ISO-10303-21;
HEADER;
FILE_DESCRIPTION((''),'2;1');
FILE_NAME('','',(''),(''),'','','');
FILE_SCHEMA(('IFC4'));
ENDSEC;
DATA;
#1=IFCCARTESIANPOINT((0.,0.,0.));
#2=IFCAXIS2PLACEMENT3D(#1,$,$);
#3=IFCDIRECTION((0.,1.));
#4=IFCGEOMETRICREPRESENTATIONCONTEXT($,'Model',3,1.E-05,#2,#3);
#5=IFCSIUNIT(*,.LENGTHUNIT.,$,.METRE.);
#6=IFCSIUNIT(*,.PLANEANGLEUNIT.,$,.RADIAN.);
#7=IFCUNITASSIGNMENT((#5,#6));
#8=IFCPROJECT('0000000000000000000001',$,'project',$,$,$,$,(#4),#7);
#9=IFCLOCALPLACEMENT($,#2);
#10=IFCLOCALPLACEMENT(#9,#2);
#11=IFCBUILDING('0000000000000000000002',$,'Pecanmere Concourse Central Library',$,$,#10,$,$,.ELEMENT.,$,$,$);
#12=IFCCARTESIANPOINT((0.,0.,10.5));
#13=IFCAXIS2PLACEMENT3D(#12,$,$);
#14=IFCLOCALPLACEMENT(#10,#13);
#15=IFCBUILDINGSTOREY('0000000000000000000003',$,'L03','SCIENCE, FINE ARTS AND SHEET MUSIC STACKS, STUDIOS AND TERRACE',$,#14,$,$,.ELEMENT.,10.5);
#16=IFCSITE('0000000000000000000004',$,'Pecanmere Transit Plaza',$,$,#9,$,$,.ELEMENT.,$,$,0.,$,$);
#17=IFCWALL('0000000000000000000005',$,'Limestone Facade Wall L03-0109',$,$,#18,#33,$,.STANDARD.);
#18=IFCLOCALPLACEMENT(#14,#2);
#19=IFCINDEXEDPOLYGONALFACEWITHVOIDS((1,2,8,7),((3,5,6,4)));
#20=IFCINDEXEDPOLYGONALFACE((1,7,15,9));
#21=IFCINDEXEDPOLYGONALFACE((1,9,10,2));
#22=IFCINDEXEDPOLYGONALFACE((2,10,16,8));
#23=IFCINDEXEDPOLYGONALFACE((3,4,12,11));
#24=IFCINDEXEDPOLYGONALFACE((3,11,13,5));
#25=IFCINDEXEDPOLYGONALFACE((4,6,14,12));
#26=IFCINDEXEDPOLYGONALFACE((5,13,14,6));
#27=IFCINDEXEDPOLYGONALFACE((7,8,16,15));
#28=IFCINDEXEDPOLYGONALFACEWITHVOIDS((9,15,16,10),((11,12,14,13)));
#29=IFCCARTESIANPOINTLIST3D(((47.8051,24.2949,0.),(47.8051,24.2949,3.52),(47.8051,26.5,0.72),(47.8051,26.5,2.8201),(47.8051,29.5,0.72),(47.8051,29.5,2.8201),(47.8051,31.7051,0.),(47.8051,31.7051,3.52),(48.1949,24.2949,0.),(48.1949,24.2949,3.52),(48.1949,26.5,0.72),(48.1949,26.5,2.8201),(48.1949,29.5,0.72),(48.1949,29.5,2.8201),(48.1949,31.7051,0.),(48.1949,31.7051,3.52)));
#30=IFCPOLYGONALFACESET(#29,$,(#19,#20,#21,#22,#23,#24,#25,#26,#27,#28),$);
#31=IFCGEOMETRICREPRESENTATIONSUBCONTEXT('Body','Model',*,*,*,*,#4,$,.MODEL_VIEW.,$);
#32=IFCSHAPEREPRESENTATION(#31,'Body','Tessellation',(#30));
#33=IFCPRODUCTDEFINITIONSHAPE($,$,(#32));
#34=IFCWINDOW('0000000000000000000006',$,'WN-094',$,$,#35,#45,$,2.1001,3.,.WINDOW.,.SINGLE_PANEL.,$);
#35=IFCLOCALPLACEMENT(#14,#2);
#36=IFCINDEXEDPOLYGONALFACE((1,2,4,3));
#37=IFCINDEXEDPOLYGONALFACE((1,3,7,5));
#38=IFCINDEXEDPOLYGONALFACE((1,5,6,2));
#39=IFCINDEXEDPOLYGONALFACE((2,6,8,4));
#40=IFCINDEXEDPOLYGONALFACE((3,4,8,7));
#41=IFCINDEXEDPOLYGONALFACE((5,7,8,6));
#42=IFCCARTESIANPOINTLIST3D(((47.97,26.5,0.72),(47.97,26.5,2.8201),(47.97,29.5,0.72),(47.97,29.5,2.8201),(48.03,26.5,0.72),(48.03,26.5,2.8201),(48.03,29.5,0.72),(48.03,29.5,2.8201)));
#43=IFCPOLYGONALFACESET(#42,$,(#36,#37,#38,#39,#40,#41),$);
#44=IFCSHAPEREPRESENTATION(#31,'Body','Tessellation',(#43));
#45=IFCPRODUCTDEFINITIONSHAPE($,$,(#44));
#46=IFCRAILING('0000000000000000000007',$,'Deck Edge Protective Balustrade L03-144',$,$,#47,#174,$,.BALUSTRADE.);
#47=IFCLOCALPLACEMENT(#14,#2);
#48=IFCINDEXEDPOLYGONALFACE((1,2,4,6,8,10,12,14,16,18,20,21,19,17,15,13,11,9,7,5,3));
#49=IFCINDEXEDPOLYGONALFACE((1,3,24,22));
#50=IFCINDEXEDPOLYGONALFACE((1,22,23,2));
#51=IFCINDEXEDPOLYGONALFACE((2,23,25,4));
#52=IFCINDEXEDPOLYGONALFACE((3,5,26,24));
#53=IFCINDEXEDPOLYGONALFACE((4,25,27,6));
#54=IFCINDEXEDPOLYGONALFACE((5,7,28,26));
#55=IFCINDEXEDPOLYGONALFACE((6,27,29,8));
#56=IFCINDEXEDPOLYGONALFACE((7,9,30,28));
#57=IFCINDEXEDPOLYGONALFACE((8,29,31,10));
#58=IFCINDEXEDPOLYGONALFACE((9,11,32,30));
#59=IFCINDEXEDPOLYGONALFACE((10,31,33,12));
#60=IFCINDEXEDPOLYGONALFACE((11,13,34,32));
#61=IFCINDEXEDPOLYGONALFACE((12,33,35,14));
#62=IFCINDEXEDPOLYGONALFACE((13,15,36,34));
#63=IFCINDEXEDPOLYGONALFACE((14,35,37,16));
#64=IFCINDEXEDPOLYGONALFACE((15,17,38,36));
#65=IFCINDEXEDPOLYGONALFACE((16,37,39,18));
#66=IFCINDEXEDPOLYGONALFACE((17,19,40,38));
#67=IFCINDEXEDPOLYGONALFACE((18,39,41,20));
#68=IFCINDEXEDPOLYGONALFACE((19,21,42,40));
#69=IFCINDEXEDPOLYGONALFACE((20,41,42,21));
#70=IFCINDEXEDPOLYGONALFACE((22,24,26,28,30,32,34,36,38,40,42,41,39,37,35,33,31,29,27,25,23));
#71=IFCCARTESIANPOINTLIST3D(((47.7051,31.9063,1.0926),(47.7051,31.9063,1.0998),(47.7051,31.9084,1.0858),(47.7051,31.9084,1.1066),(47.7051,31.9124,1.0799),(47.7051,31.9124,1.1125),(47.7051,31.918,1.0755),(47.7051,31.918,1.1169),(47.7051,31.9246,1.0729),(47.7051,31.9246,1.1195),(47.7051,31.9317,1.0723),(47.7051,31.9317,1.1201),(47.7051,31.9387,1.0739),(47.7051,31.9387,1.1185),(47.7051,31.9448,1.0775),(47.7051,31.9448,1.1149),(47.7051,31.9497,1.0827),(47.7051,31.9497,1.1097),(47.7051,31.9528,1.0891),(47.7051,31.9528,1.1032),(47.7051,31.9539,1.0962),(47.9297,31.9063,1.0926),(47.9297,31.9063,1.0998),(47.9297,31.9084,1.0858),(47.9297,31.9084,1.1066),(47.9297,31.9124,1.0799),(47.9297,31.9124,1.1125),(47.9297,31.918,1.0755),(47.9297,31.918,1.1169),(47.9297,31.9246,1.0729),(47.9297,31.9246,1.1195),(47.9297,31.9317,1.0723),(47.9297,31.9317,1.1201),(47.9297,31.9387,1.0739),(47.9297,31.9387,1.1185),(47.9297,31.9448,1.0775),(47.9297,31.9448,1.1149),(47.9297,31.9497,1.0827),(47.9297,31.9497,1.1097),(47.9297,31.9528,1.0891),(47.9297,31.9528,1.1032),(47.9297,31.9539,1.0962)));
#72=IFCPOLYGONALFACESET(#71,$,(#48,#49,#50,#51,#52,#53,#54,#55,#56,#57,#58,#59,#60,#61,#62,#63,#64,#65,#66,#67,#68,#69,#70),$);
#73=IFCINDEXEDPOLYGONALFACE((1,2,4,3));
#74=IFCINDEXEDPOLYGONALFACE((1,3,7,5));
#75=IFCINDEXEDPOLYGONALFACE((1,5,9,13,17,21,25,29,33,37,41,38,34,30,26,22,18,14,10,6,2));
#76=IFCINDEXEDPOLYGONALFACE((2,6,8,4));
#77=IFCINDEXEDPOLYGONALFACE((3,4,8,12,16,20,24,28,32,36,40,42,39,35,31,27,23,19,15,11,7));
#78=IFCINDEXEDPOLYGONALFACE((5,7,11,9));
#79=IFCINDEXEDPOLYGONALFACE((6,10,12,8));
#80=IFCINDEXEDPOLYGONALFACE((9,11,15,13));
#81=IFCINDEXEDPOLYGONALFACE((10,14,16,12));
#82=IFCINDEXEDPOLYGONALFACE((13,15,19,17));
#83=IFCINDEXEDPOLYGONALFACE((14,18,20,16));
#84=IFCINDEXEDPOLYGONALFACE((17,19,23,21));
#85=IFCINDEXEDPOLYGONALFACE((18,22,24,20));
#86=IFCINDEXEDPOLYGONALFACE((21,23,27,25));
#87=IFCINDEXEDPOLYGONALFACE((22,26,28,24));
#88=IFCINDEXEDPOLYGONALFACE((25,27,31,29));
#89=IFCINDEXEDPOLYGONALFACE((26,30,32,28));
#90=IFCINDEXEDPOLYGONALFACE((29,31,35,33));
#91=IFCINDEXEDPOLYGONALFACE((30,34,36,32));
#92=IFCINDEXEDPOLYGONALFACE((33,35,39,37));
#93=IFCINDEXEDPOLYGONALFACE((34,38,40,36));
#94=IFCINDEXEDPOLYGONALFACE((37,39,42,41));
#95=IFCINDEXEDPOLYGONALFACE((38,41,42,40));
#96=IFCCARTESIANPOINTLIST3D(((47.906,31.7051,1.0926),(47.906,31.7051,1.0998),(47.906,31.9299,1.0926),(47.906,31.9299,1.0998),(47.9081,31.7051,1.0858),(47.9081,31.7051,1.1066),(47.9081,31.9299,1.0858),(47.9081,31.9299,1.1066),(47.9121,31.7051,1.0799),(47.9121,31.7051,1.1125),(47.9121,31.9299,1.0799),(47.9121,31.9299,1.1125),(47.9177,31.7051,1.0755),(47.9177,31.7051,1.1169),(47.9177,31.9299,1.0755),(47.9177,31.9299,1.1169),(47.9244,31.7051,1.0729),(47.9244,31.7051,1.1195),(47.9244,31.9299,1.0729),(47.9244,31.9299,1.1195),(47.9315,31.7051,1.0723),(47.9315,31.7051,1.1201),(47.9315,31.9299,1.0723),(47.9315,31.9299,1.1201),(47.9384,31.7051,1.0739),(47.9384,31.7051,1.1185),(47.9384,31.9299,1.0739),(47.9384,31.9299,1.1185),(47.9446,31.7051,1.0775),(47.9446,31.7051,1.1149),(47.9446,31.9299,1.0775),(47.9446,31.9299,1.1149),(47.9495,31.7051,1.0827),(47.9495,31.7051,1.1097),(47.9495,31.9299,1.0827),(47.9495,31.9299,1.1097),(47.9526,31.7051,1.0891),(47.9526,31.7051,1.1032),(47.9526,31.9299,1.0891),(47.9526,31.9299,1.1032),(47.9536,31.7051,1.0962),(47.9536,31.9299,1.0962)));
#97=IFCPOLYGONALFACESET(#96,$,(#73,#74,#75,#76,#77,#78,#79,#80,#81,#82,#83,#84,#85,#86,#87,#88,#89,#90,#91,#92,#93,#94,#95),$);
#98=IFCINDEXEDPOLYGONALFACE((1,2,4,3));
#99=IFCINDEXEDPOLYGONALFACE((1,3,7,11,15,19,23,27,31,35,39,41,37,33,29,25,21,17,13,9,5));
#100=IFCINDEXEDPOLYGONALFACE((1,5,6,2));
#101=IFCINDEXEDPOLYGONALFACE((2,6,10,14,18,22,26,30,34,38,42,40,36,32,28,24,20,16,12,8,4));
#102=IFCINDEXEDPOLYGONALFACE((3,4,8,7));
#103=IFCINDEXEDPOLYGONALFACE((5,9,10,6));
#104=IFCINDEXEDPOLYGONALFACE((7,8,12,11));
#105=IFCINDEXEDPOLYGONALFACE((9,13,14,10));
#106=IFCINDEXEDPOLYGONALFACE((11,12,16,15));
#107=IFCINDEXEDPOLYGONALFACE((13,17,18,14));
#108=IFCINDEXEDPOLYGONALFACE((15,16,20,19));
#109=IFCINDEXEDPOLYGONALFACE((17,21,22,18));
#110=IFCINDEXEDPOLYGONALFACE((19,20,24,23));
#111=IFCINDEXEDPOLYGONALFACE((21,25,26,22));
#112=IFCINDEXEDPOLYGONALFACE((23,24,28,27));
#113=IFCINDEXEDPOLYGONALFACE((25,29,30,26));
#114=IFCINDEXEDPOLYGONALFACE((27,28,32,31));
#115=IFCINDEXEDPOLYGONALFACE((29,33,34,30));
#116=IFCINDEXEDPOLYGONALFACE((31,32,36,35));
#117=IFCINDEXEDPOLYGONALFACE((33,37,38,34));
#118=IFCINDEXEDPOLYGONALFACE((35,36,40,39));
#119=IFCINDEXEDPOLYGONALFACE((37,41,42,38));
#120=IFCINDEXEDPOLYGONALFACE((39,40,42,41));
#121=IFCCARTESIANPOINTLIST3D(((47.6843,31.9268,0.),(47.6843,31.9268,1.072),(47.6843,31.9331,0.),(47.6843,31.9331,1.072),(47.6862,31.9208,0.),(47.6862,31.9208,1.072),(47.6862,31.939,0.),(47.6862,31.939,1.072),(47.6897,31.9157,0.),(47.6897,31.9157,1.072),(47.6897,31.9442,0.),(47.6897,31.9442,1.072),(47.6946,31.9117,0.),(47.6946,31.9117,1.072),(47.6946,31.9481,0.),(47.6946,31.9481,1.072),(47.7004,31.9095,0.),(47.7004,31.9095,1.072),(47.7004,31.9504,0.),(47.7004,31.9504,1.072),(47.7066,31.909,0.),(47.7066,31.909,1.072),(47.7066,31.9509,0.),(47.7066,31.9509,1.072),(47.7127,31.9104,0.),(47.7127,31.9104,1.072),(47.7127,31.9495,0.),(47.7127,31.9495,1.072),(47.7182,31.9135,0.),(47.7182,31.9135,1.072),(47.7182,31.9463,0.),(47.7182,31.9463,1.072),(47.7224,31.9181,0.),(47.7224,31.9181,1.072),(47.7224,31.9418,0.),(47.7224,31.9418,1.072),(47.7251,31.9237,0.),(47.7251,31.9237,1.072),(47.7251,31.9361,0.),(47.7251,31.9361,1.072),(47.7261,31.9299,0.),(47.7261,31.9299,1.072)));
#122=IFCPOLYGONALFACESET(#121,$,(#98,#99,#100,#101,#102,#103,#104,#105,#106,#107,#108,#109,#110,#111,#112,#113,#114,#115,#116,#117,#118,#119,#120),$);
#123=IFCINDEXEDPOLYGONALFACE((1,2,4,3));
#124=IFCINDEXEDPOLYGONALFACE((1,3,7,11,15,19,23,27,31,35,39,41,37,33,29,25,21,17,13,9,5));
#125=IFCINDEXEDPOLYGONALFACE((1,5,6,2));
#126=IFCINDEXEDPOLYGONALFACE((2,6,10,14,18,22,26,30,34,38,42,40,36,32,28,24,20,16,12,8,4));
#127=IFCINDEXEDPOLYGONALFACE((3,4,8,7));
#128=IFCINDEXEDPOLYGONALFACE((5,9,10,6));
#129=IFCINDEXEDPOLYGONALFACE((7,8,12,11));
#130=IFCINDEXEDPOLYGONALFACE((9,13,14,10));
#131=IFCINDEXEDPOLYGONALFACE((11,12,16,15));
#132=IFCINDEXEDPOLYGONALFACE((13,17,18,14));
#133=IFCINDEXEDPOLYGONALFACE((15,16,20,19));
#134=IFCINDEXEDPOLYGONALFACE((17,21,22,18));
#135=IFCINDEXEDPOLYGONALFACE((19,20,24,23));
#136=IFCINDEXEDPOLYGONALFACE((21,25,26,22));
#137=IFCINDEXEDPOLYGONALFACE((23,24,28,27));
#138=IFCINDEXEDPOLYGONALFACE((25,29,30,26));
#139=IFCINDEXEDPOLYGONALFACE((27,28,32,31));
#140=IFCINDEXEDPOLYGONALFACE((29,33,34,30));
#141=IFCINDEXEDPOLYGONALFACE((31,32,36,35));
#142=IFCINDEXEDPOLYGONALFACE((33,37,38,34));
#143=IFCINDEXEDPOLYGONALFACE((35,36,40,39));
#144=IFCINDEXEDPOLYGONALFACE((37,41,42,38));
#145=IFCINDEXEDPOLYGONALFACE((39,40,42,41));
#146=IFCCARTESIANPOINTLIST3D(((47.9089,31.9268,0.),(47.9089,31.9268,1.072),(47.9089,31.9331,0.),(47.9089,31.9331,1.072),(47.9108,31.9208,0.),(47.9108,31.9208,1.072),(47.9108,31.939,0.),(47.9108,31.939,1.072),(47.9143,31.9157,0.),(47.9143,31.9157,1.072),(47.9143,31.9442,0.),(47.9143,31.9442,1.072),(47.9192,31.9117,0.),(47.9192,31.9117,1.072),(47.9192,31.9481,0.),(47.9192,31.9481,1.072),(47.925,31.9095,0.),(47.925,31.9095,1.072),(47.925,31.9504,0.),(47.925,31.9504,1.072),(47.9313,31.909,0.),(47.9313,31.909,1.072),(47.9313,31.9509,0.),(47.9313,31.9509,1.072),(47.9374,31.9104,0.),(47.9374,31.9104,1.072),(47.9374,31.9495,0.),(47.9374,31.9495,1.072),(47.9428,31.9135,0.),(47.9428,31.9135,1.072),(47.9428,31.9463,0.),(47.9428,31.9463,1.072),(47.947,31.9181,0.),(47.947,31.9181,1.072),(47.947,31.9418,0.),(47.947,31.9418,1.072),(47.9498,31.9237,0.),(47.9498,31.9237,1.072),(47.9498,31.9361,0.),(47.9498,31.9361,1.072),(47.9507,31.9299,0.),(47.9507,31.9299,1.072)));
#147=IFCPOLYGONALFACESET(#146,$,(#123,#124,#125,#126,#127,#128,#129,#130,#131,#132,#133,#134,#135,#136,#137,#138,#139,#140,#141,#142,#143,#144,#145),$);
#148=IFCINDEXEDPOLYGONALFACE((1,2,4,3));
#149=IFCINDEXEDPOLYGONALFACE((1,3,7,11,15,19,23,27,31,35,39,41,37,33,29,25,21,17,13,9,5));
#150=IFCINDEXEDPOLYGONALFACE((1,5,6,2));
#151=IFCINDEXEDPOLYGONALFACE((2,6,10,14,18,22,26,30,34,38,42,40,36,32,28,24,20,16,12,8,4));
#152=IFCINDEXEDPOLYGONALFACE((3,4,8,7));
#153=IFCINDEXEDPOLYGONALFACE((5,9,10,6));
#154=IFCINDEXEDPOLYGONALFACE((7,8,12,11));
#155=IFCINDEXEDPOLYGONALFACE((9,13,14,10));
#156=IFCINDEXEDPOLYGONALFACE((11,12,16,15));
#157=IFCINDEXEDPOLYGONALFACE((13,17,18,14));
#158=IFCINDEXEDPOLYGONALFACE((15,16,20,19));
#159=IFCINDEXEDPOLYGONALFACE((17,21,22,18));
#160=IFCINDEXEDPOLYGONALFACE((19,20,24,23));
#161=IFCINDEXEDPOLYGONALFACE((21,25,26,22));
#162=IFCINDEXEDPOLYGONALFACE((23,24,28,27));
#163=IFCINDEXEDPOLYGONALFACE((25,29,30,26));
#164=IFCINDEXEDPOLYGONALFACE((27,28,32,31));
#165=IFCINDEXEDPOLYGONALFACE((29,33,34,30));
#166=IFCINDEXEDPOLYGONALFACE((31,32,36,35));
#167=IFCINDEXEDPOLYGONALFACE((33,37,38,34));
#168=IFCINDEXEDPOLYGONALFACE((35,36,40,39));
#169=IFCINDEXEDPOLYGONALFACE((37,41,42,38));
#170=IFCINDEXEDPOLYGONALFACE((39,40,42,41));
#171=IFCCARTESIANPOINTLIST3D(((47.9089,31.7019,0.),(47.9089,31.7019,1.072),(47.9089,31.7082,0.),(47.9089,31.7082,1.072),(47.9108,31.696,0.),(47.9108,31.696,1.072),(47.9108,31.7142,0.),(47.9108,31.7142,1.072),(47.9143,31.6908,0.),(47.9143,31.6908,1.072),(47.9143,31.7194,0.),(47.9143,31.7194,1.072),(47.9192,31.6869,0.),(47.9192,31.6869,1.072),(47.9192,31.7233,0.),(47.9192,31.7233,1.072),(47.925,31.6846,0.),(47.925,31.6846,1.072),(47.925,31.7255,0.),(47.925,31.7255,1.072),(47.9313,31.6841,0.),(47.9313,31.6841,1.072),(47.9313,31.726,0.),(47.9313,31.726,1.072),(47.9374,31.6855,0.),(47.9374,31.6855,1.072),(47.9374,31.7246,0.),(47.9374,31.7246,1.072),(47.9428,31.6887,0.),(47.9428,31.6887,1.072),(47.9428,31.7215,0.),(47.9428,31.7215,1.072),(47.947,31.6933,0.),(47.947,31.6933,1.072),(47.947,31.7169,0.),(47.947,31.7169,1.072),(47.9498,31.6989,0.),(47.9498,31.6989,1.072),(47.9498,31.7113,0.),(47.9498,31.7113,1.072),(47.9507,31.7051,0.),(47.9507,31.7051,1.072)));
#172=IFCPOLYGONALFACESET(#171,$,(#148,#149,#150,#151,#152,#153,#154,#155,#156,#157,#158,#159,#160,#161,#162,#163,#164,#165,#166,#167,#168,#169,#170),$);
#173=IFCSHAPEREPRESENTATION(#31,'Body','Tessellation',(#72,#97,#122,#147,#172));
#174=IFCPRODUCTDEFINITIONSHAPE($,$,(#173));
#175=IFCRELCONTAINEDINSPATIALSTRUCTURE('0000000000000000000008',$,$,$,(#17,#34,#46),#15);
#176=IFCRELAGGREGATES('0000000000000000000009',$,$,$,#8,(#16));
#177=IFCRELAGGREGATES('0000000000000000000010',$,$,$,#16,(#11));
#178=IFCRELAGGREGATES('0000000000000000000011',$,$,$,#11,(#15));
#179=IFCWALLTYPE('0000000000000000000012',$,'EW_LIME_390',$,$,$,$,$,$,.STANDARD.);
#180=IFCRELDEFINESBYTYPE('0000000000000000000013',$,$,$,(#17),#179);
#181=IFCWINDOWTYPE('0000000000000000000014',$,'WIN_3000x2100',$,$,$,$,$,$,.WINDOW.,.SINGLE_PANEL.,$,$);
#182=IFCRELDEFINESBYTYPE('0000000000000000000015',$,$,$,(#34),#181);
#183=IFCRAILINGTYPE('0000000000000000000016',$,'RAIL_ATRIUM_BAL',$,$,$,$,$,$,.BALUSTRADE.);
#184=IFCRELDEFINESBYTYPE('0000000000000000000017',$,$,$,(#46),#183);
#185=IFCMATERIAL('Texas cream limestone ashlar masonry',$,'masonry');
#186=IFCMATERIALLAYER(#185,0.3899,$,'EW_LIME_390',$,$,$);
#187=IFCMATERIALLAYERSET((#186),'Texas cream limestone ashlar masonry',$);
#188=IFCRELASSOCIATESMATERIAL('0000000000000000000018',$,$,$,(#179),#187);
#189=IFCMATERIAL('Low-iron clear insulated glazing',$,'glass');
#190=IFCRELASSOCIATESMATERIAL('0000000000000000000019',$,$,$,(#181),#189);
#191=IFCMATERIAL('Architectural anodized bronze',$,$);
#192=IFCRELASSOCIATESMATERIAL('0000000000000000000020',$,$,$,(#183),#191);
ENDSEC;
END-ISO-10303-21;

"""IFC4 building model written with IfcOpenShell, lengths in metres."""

from ifc_helpers import new_model, si_unit, direction, frame, frame_2d, origin, origin_2d, place, context, subcontext, project, spatial, rectangle, circle, extrude, material, layer, layer_set, type_object, element, fill, save


model = new_model("IFC4")

# Units and contexts
model_context = context("Model", 3, precision=1e-05, world=origin(), true_north=direction((0.0, 1.0)))
body_context = subcontext(model_context, "Body", "Model", "MODEL_VIEW")
ifc_project = project(units=[si_unit("LENGTHUNIT", "METRE"), si_unit("PLANEANGLEUNIT", "RADIAN")], contexts=[model_context])

# Site, building, storey
site_placement = place(None, origin())
site = spatial("IfcSite", under=ifc_project, at=site_placement, Name="Pecanmere Transit Plaza", CompositionType="ELEMENT", RefElevation=0.0)
building_placement = place(site_placement, origin())
building = spatial("IfcBuilding", under=site, at=building_placement, Name="Pecanmere Concourse Central Library", CompositionType="ELEMENT")
storey_placement = place(building_placement, frame((0.0, 0.0, 10.5)))
storey = spatial("IfcBuildingStorey", under=building, at=storey_placement, Name="L03", Description="SCIENCE, FINE ARTS AND SHEET MUSIC STACKS, STUDIOS AND TERRACE", CompositionType="ELEMENT", Elevation=10.5)

# Wall, opening, window
ifc_material_1 = material(Name="Texas cream limestone ashlar masonry", Category="masonry")
ifc_layer = layer(ifc_material_1, 0.3899, Name="EW_LIME_390")
ifc_layer_set = layer_set([ifc_layer], Name="Texas cream limestone ashlar masonry")
wall_type = type_object("IfcWallType", Name="EW_LIME_390", PredefinedType="STANDARD", material=ifc_layer_set)
wall_1_placement = place(storey_placement, frame((48.0, 24.2949, 0.0), z_axis=(0.0, 0.0, 1.0), x_axis=(0.0, 1.0, 0.0)))
wall_1 = element("IfcWall", 1, at=wall_1_placement, inside=storey, type_object=wall_type, Name="Limestone Facade Wall L03-0109", PredefinedType="STANDARD", context=body_context, shape_type="SweptSolid", body=[
    extrude(rectangle(XDim=7.4102, YDim=0.3899, at=frame_2d((3.7051, 0.0))), origin(), (0.0, 0.0, 1.0), 3.52),
])
opening_1_placement = place(wall_1_placement, frame((2.2051, 0.0, 0.72)))
opening_1 = element("IfcOpeningElement", 2, at=opening_1_placement, cuts=wall_1, PredefinedType="OPENING", context=body_context, shape_type="SweptSolid", body=[
    extrude(rectangle(XDim=3.0, YDim=2.1001, at=frame_2d((1.5, 1.05))), frame((0.0, 0.207, 0.0), z_axis=(0.0, -1.0, 0.0), x_axis=(1.0, 0.0, 0.0)), (0.0, 0.0, 1.0), 0.4138),
])
ifc_material_2 = material(Name="Low-iron clear insulated glazing", Category="glass")
window_type_1 = type_object("IfcWindowType", Name="WIN_3000x2100", PartitioningType="SINGLE_PANEL", PredefinedType="WINDOW", material=ifc_material_2)
window_1_placement = place(opening_1_placement, origin())
window_1 = element("IfcWindow", 3, at=window_1_placement, inside=storey, type_object=window_type_1, Name="WN-094", OverallHeight=2.1001, OverallWidth=3.0, PartitioningType="SINGLE_PANEL", PredefinedType="WINDOW", context=body_context, shape_type="SweptSolid", body=[
    extrude(rectangle(XDim=3.0, YDim=2.1001, at=frame_2d((1.5, 1.05))), frame((0.0, 0.03, 0.0), z_axis=(0.0, -1.0, 0.0), x_axis=(1.0, 0.0, 0.0)), (0.0, 0.0, 1.0), 0.0601),
])
fill(opening_1, window_1)

# Railing
ifc_material_3 = material(Name="Architectural anodized bronze")
railing_type = type_object("IfcRailingType", Name="RAIL_ATRIUM_BAL", PredefinedType="BALUSTRADE", material=ifc_material_3)
railing_1_placement = place(storey_placement, frame((47.7051, 31.9299, 0.0)))
element("IfcRailing", 4, at=railing_1_placement, inside=storey, type_object=railing_type, Name="Deck Edge Protective Balustrade L03-144", PredefinedType="BALUSTRADE", context=body_context, shape_type="SweptSolid", body=[
    extrude(circle(Radius=0.0239, at=origin_2d()), frame((0.0, 0.0, 1.0962), z_axis=(1.0, 0.0, 0.0), x_axis=(0.0, 1.0, 0.0)), (0.0, 0.0, 1.0), 0.2246),
    extrude(circle(Radius=0.0239, at=origin_2d()), frame((0.2246, 0.0, 1.0962), z_axis=(0.0, -1.0, 0.0), x_axis=(1.0, 0.0, 0.0)), (0.0, 0.0, 1.0), 0.2249),
    extrude(circle(Radius=0.021, at=origin_2d()), origin(), (0.0, 0.0, 1.0), 1.072),
    extrude(circle(Radius=0.021, at=origin_2d()), frame((0.2246, 0.0, 0.0)), (0.0, 0.0, 1.0), 1.072),
    extrude(circle(Radius=0.021, at=origin_2d()), frame((0.2246, -0.2249, 0.0)), (0.0, 0.0, 1.0), 1.072),
])

save(model, "model.ifc")
